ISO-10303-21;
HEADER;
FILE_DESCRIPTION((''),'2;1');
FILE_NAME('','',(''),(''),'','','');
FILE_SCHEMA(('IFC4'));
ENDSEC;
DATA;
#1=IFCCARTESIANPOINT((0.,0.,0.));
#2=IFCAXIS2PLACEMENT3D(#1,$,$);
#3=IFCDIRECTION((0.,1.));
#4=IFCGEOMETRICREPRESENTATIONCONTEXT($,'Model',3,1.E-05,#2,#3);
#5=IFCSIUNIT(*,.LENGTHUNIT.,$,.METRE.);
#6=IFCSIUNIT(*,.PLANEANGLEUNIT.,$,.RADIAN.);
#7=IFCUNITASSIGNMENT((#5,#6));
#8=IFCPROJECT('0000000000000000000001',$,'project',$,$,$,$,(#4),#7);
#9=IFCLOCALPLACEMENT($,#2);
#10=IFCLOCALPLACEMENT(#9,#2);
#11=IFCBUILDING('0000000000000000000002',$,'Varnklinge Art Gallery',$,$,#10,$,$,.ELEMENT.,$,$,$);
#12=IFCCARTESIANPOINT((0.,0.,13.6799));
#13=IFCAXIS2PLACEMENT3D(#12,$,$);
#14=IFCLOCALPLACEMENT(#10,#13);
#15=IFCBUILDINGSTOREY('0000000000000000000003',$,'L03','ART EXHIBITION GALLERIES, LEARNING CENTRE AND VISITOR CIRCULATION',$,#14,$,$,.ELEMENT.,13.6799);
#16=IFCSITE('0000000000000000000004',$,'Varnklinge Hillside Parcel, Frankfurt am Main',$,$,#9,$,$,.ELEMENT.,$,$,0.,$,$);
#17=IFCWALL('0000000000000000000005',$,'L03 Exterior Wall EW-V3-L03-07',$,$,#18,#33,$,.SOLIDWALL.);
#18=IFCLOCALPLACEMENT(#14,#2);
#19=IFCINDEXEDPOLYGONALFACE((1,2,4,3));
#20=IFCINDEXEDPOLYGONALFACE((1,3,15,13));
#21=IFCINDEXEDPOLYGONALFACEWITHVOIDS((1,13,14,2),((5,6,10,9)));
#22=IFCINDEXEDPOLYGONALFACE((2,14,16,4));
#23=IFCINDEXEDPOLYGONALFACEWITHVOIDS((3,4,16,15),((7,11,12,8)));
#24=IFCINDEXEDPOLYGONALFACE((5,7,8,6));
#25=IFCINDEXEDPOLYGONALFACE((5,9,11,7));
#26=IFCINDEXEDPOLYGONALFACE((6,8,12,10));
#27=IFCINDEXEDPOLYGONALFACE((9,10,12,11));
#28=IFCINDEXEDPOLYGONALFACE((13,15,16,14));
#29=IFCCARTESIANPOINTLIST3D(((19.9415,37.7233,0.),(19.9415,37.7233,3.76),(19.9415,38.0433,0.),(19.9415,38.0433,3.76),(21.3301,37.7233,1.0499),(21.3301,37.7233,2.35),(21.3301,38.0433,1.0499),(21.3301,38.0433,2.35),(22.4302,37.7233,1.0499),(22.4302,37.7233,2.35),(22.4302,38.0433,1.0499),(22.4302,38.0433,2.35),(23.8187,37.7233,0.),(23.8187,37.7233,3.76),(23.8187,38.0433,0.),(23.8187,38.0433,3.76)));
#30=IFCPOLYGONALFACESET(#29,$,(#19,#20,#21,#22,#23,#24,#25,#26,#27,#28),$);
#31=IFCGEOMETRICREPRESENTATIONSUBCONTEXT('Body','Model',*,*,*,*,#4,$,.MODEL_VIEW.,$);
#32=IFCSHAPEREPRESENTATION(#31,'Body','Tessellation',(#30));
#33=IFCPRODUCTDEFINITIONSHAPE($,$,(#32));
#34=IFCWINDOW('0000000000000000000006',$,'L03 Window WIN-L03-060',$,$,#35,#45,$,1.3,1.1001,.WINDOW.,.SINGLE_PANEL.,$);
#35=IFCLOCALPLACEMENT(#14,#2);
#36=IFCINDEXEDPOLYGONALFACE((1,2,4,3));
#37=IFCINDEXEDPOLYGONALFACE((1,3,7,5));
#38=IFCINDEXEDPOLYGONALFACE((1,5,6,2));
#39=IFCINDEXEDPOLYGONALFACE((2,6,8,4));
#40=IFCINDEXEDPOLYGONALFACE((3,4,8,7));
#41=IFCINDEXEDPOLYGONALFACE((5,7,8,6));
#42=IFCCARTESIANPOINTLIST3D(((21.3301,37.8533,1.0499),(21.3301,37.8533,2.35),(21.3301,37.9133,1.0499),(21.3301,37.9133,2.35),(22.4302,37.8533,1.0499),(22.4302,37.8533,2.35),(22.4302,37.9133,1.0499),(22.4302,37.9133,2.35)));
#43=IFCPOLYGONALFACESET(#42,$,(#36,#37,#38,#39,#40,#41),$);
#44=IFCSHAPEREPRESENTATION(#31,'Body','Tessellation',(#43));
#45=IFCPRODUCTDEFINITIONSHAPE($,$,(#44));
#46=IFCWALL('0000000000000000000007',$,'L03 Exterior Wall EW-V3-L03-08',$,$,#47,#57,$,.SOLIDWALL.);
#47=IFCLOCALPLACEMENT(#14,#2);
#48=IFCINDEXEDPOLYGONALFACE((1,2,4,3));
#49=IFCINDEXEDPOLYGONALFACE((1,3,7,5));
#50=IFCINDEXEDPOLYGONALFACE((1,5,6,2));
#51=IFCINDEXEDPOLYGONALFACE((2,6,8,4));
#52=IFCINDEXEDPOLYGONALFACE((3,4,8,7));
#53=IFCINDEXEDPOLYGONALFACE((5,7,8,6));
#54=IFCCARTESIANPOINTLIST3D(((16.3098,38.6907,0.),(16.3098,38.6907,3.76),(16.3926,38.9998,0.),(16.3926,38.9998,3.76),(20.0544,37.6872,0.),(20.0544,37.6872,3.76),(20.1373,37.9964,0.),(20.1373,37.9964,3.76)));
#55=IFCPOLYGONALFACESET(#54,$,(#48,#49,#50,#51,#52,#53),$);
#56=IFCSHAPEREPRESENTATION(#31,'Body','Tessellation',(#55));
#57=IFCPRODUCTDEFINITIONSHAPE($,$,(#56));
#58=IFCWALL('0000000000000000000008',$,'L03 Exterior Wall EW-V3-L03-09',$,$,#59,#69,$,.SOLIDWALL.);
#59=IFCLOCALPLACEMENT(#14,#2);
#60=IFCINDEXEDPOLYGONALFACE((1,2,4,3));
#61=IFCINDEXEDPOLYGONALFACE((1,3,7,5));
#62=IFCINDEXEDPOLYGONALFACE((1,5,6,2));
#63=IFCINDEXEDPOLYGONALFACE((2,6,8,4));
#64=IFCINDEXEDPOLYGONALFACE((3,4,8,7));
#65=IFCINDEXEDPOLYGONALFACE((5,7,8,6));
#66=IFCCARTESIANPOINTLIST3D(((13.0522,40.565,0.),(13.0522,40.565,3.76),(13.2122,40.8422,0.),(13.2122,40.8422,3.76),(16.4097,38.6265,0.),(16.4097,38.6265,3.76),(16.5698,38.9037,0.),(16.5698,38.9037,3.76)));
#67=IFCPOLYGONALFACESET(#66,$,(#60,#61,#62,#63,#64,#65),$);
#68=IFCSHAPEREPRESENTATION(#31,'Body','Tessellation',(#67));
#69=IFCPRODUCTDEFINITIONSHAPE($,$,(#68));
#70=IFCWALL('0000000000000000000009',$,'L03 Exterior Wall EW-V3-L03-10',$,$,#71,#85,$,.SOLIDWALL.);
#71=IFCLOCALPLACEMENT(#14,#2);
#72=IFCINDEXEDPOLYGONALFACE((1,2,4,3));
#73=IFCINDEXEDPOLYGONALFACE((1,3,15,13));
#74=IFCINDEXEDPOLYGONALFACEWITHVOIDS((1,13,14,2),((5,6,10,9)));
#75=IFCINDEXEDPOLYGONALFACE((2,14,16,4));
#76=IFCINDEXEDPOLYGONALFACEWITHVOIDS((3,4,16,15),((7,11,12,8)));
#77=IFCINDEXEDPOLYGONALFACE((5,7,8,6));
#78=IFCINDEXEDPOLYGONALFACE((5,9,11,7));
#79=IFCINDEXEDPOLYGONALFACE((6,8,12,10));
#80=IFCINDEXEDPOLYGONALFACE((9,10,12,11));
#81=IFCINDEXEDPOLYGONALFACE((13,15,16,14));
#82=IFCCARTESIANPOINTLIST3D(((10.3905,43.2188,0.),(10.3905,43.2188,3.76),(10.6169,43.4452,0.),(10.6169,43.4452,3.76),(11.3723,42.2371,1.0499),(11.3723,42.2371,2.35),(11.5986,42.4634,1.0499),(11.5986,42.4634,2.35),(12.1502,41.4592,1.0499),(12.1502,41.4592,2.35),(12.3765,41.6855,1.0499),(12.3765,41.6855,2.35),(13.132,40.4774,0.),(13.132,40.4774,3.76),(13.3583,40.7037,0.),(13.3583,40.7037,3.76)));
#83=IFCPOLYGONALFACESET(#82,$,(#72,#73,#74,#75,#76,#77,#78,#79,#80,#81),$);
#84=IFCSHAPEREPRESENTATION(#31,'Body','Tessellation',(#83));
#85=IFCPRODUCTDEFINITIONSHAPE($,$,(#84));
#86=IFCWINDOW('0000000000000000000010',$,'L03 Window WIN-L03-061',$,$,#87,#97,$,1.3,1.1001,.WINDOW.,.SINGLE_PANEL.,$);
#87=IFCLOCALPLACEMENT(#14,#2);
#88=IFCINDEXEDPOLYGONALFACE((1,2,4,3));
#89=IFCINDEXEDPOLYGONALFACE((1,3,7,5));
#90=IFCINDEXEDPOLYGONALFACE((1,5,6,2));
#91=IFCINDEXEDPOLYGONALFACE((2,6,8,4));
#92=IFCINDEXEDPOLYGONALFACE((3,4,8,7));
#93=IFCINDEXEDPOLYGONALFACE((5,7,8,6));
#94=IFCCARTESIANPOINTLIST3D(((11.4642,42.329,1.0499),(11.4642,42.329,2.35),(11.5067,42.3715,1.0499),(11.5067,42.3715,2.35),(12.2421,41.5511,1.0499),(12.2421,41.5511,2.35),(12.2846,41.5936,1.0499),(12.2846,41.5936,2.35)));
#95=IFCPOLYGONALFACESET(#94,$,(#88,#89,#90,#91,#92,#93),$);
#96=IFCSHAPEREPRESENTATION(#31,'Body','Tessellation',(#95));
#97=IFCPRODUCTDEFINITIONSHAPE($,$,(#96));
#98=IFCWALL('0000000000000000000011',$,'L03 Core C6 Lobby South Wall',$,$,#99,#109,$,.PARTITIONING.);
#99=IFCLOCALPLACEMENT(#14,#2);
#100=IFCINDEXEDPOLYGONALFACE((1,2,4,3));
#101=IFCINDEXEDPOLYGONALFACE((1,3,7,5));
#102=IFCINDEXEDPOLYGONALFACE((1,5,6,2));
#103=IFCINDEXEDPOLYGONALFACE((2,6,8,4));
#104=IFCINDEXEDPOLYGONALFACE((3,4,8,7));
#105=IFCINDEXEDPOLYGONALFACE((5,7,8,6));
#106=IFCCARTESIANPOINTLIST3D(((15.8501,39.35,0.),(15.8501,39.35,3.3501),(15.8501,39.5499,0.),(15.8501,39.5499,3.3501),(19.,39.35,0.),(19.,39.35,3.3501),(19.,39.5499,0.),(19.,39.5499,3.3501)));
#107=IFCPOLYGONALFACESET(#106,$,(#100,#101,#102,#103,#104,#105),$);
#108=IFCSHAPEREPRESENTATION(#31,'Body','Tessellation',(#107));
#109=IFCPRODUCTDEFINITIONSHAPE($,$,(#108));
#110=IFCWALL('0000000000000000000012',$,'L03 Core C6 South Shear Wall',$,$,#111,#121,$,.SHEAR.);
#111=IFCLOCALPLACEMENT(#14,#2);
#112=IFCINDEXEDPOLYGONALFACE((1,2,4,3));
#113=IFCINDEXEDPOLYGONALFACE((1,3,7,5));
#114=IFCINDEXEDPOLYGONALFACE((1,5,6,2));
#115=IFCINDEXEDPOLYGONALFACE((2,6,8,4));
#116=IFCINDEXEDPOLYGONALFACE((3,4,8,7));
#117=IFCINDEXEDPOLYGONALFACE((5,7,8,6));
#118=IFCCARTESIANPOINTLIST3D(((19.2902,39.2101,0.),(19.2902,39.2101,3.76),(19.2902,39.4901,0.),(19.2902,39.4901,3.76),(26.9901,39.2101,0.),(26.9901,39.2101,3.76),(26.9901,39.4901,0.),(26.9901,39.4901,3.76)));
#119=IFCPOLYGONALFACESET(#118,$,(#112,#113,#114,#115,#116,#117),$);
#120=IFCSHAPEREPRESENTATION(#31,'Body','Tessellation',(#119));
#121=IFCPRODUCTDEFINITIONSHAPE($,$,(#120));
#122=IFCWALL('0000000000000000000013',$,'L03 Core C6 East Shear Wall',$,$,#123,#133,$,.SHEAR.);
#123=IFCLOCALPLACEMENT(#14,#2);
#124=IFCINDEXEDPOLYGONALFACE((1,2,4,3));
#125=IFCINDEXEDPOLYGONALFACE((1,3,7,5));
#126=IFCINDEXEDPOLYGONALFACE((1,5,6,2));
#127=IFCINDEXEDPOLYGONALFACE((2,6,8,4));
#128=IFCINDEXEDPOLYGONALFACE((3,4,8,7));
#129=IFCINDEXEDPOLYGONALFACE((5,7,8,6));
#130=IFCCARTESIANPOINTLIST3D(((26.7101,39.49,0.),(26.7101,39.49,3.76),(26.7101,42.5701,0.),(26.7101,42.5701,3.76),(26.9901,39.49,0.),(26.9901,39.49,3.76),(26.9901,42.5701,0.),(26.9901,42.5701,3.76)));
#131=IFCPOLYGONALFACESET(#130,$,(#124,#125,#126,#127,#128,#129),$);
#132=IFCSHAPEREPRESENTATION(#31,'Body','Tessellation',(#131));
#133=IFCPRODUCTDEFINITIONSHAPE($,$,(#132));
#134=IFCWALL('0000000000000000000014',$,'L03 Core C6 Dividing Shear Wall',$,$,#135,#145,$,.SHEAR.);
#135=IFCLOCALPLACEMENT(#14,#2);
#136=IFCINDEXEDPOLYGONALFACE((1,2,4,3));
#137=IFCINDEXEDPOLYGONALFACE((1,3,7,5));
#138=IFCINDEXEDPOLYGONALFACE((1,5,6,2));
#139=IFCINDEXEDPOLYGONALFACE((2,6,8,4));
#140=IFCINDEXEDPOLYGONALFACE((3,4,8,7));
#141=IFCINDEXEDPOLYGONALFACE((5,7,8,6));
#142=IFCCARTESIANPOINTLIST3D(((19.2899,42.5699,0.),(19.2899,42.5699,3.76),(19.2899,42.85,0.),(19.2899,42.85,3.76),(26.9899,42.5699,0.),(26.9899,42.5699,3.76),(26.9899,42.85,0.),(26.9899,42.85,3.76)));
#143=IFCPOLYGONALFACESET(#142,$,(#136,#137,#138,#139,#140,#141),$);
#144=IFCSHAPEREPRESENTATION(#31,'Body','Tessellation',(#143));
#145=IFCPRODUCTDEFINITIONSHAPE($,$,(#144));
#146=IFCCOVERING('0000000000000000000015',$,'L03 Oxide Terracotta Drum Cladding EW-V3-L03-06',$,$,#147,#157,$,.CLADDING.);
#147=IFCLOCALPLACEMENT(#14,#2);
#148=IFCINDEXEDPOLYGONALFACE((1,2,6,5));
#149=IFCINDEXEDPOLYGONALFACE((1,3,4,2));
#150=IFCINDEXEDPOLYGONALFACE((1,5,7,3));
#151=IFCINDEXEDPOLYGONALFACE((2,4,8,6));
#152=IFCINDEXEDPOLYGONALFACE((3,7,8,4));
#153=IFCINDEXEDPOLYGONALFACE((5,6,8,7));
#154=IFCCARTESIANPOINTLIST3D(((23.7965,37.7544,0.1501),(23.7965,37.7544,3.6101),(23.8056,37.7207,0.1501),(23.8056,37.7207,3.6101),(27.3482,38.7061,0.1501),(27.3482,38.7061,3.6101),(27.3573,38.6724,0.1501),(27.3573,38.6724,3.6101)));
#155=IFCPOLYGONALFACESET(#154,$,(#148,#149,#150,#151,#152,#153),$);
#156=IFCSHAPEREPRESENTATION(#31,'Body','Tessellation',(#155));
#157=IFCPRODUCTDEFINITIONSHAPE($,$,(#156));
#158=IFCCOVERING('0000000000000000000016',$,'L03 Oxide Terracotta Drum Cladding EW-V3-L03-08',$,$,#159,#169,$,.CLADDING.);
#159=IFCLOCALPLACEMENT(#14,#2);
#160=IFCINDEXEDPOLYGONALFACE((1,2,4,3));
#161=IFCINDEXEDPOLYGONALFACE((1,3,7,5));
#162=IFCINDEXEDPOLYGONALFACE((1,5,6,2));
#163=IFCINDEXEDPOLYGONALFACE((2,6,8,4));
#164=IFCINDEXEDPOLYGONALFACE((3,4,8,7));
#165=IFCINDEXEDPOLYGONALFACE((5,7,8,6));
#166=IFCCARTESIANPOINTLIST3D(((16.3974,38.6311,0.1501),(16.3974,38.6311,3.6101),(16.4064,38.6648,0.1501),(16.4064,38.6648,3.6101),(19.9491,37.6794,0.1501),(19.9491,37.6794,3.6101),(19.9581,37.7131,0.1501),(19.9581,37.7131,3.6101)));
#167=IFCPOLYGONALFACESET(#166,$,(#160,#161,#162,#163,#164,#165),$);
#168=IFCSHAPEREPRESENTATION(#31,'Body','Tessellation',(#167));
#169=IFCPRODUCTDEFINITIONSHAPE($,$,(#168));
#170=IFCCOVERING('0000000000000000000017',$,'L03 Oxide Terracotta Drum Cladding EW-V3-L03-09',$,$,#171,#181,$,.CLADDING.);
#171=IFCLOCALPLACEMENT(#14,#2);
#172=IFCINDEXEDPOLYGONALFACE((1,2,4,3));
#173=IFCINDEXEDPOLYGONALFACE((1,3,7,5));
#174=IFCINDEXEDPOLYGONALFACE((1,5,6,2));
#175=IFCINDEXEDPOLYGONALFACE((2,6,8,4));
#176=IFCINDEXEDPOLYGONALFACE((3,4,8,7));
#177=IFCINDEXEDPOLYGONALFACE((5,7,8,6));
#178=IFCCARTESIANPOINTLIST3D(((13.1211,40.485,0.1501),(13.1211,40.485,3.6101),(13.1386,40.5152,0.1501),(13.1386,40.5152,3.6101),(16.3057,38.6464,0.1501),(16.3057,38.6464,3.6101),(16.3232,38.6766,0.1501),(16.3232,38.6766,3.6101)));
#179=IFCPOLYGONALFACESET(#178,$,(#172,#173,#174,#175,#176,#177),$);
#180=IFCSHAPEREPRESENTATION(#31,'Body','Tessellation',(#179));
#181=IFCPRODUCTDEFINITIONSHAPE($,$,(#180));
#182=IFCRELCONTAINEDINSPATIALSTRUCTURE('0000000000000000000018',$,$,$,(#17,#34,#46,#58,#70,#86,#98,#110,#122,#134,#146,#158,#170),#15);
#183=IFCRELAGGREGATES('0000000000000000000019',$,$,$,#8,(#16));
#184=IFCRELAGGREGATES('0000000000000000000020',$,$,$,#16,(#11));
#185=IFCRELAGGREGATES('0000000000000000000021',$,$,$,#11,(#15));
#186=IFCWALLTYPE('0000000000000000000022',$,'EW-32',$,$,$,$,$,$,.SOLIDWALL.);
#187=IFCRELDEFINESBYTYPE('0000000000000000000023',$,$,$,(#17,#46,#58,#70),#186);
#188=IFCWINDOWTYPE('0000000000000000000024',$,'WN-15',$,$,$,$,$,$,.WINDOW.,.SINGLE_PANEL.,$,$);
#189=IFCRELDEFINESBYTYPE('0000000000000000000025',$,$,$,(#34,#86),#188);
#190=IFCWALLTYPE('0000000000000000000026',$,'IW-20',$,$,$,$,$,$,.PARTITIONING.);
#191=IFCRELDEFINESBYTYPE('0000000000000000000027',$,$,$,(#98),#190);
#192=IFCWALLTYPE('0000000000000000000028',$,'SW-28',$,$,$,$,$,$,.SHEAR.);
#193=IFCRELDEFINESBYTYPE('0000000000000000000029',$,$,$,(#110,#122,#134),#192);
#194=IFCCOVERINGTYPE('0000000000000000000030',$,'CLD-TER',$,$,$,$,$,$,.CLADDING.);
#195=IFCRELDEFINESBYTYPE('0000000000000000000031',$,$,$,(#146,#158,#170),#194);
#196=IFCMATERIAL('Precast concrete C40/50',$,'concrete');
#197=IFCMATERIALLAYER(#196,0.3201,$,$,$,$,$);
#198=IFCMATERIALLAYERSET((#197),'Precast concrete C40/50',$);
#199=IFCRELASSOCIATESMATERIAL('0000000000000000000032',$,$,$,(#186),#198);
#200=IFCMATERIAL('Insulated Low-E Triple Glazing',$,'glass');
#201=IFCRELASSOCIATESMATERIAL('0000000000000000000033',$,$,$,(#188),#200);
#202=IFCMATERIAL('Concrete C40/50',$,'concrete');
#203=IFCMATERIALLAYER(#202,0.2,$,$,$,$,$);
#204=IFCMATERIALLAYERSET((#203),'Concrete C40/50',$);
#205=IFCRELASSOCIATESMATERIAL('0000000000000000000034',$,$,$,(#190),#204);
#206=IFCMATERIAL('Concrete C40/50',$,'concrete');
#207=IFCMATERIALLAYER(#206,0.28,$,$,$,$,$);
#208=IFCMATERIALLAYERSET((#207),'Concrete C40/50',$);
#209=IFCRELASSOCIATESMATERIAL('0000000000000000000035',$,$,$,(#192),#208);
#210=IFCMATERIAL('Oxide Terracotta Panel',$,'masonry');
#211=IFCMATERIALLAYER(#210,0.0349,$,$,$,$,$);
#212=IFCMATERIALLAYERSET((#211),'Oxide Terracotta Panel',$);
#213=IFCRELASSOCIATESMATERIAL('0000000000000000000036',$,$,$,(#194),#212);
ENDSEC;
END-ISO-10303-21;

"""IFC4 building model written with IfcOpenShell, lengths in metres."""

from ifc_helpers import new_model, si_unit, direction, frame, frame_2d, origin, origin_2d, place, context, subcontext, project, spatial, rectangle, extrude, material, layer, layer_set, type_object, element, fill, save


model = new_model("IFC4")

# Units and contexts
model_context = context("Model", 3, precision=1e-05, world=origin(), true_north=direction((0.0, 1.0)))
body_context = subcontext(model_context, "Body", "Model", "MODEL_VIEW")
ifc_project = project(units=[si_unit("LENGTHUNIT", "METRE"), si_unit("PLANEANGLEUNIT", "RADIAN")], contexts=[model_context])

# Site, building, storey
site_placement = place(None, origin())
site = spatial("IfcSite", under=ifc_project, at=site_placement, Name="Varnklinge Hillside Parcel, Frankfurt am Main", CompositionType="ELEMENT", RefElevation=0.0)
building_placement = place(site_placement, origin())
building = spatial("IfcBuilding", under=site, at=building_placement, Name="Varnklinge Art Gallery", CompositionType="ELEMENT")
storey_placement = place(building_placement, frame((0.0, 0.0, 13.6799)))
storey = spatial("IfcBuildingStorey", under=building, at=storey_placement, Name="L03", Description="ART EXHIBITION GALLERIES, LEARNING CENTRE AND VISITOR CIRCULATION", CompositionType="ELEMENT", Elevation=13.6799)

# Wall, opening, window
ifc_material_1 = material(Name="Precast concrete C40/50", Category="concrete")
ifc_layer_1 = layer(ifc_material_1, 0.3201)
ifc_layer_set_1 = layer_set([ifc_layer_1], Name="Precast concrete C40/50")
wall_type_1 = type_object("IfcWallType", Name="EW-32", PredefinedType="SOLIDWALL", material=ifc_layer_set_1)
wall_1_placement = place(storey_placement, frame((23.8186, 37.8833, 0.0), z_axis=(0.0, 0.0, 1.0), x_axis=(-1.0, 0.0, 0.0)))
wall_1 = element("IfcWall", 1, at=wall_1_placement, inside=storey, type_object=wall_type_1, Name="L03 Exterior Wall EW-V3-L03-07", PredefinedType="SOLIDWALL", context=body_context, shape_type="SweptSolid", body=[
    extrude(rectangle(XDim=3.8772, YDim=0.3201, at=frame_2d((1.9385, 0.0))), origin(), (0.0, 0.0, 1.0), 3.76),
])
opening_1_placement = place(wall_1_placement, frame((1.3884, 0.0, 1.05)))
opening_1 = element("IfcOpeningElement", 2, at=opening_1_placement, cuts=wall_1, PredefinedType="OPENING", context=body_context, shape_type="SweptSolid", body=[
    extrude(rectangle(XDim=1.1001, YDim=1.3, at=frame_2d((0.55, 0.6499))), frame((0.0, 0.1702, 0.0), z_axis=(0.0, -1.0, 0.0), x_axis=(1.0, 0.0, 0.0)), (0.0, 0.0, 1.0), 0.3401),
])
ifc_material_2 = material(Name="Insulated Low-E Triple Glazing", Category="glass")
window_type = type_object("IfcWindowType", Name="WN-15", PartitioningType="SINGLE_PANEL", PredefinedType="WINDOW", material=ifc_material_2)
window_1_placement = place(opening_1_placement, origin())
window_1 = element("IfcWindow", 3, at=window_1_placement, inside=storey, type_object=window_type, Name="L03 Window WIN-L03-060", OverallHeight=1.3, OverallWidth=1.1001, PartitioningType="SINGLE_PANEL", PredefinedType="WINDOW", context=body_context, shape_type="SweptSolid", body=[
    extrude(rectangle(XDim=1.1001, YDim=1.3, at=frame_2d((0.55, 0.6499))), frame((0.0, 0.03, 0.0), z_axis=(0.0, -1.0, 0.0), x_axis=(1.0, 0.0, 0.0)), (0.0, 0.0, 1.0), 0.0601),
])
fill(opening_1, window_1)

# Walls
wall_2_placement = place(storey_placement, frame((20.0959, 37.8418, 0.0), z_axis=(0.0, 0.0, 1.0), x_axis=(-0.965923, 0.258831, 0.0)))
element("IfcWall", 4, at=wall_2_placement, inside=storey, type_object=wall_type_1, Name="L03 Exterior Wall EW-V3-L03-08", PredefinedType="SOLIDWALL", context=body_context, shape_type="SweptSolid", body=[
    extrude(rectangle(XDim=3.8767, YDim=0.3201, at=frame_2d((1.9385, 0.0))), origin(), (0.0, 0.0, 1.0), 3.76),
])
wall_3_placement = place(storey_placement, frame((16.4897, 38.7651, 0.0), z_axis=(0.0, 0.0, 1.0), x_axis=(-0.866034, 0.499986, 0.0)))
element("IfcWall", 5, at=wall_3_placement, inside=storey, type_object=wall_type_1, Name="L03 Exterior Wall EW-V3-L03-09", PredefinedType="SOLIDWALL", context=body_context, shape_type="SweptSolid", body=[
    extrude(rectangle(XDim=3.877, YDim=0.3201, at=frame_2d((1.9385, 0.0))), origin(), (0.0, 0.0, 1.0), 3.76),
])

# Wall, opening, window
wall_4_placement = place(storey_placement, frame((13.2451, 40.5906, 0.0), z_axis=(0.0, 0.0, 1.0), x_axis=(-0.707107, 0.707107, 0.0)))
wall_4 = element("IfcWall", 6, at=wall_4_placement, inside=storey, type_object=wall_type_1, Name="L03 Exterior Wall EW-V3-L03-10", PredefinedType="SOLIDWALL", context=body_context, shape_type="SweptSolid", body=[
    extrude(rectangle(XDim=3.877, YDim=0.3201, at=frame_2d((1.9385, 0.0))), origin(), (0.0, 0.0, 1.0), 3.76),
])
opening_2_placement = place(wall_4_placement, frame((1.3884, 0.0, 1.05)))
opening_2 = element("IfcOpeningElement", 7, at=opening_2_placement, cuts=wall_4, PredefinedType="OPENING", context=body_context, shape_type="SweptSolid", body=[
    extrude(rectangle(XDim=1.1001, YDim=1.3, at=frame_2d((0.55, 0.6499))), frame((0.0, 0.1702, 0.0), z_axis=(0.0, -1.0, 0.0), x_axis=(1.0, 0.0, 0.0)), (0.0, 0.0, 1.0), 0.3401),
])
window_2_placement = place(opening_2_placement, origin())
window_2 = element("IfcWindow", 8, at=window_2_placement, inside=storey, type_object=window_type, Name="L03 Window WIN-L03-061", OverallHeight=1.3, OverallWidth=1.1001, PartitioningType="SINGLE_PANEL", PredefinedType="WINDOW", context=body_context, shape_type="SweptSolid", body=[
    extrude(rectangle(XDim=1.1001, YDim=1.3, at=frame_2d((0.55, 0.6499))), frame((0.0, 0.03, 0.0), z_axis=(0.0, -1.0, 0.0), x_axis=(1.0, 0.0, 0.0)), (0.0, 0.0, 1.0), 0.0601),
])
fill(opening_2, window_2)

# Wall
ifc_material_3 = material(Name="Concrete C40/50", Category="concrete")
ifc_layer_2 = layer(ifc_material_3, 0.2)
ifc_layer_set_2 = layer_set([ifc_layer_2], Name="Concrete C40/50")
wall_type_2 = type_object("IfcWallType", Name="IW-20", PredefinedType="PARTITIONING", material=ifc_layer_set_2)
wall_5_placement = place(storey_placement, frame((15.8501, 39.45, 0.0), z_axis=(0.0, 0.0, 1.0), x_axis=(1.0, 0.0, 0.0)))
element("IfcWall", 9, at=wall_5_placement, inside=storey, type_object=wall_type_2, Name="L03 Core C6 Lobby South Wall", PredefinedType="PARTITIONING", context=body_context, shape_type="SweptSolid", body=[
    extrude(rectangle(XDim=3.1499, YDim=0.2, at=frame_2d((1.575, 0.0))), origin(), (0.0, 0.0, 1.0), 3.3501),
])

# Walls
ifc_material_4 = material(Name="Concrete C40/50", Category="concrete")
ifc_layer_3 = layer(ifc_material_4, 0.28)
ifc_layer_set_3 = layer_set([ifc_layer_3], Name="Concrete C40/50")
wall_type_3 = type_object("IfcWallType", Name="SW-28", PredefinedType="SHEAR", material=ifc_layer_set_3)
wall_6_placement = place(storey_placement, frame((19.29, 39.3501, 0.0), z_axis=(0.0, 0.0, 1.0), x_axis=(1.0, 0.0, 0.0)))
element("IfcWall", 10, at=wall_6_placement, inside=storey, type_object=wall_type_3, Name="L03 Core C6 South Shear Wall", PredefinedType="SHEAR", context=body_context, shape_type="SweptSolid", body=[
    extrude(rectangle(XDim=7.7, YDim=0.28, at=frame_2d((3.8501, 0.0))), origin(), (0.0, 0.0, 1.0), 3.76),
])
wall_7_placement = place(storey_placement, frame((26.8501, 39.49, 0.0), z_axis=(0.0, 0.0, 1.0), x_axis=(0.0, 1.0, 0.0)))
element("IfcWall", 11, at=wall_7_placement, inside=storey, type_object=wall_type_3, Name="L03 Core C6 East Shear Wall", PredefinedType="SHEAR", context=body_context, shape_type="SweptSolid", body=[
    extrude(rectangle(XDim=3.0801, YDim=0.28, at=frame_2d((1.54, 0.0))), origin(), (0.0, 0.0, 1.0), 3.76),
])
wall_8_placement = place(storey_placement, frame((26.99, 42.71, 0.0), z_axis=(0.0, 0.0, 1.0), x_axis=(-1.0, 0.0, 0.0)))
element("IfcWall", 12, at=wall_8_placement, inside=storey, type_object=wall_type_3, Name="L03 Core C6 Dividing Shear Wall", PredefinedType="SHEAR", context=body_context, shape_type="SweptSolid", body=[
    extrude(rectangle(XDim=7.7, YDim=0.28, at=frame_2d((3.8501, 0.0))), origin(), (0.0, 0.0, 1.0), 3.76),
])

# Coverings
ifc_material_5 = material(Name="Oxide Terracotta Panel", Category="masonry")
ifc_layer_4 = layer(ifc_material_5, 0.0349)
ifc_layer_set_4 = layer_set([ifc_layer_4], Name="Oxide Terracotta Panel")
covering_type = type_object("IfcCoveringType", Name="CLD-TER", PredefinedType="CLADDING", material=ifc_layer_set_4)
for number, where, z_axis, x_axis, name in (
    (13, (25.5769, 38.2134, 0.1501), (0.0, 0.0, 1.0), (-0.965926, -0.258819, 0.0), "L03 Oxide Terracotta Drum Cladding EW-V3-L03-06"),
    (14, (18.1777, 38.1721, 0.1501), (0.0, 0.0, 1.0), (-0.965926, 0.258819, 0.0), "L03 Oxide Terracotta Drum Cladding EW-V3-L03-08"),
):
    element("IfcCovering", number, at=place(storey_placement, frame(where, z_axis=z_axis, x_axis=x_axis)), inside=storey, type_object=covering_type, Name=name, PredefinedType="CLADDING", context=body_context, shape_type="SweptSolid", body=[
        extrude(rectangle(XDim=3.677, YDim=0.0349, at=origin_2d()), origin(), (0.0, 0.0, 1.0), 3.46),
    ])
covering_placement = place(storey_placement, frame((14.7222, 39.5808, 0.1501), z_axis=(0.0, 0.0, 1.0), x_axis=(-0.866025, 0.5, 0.0)))
element("IfcCovering", 15, at=covering_placement, inside=storey, type_object=covering_type, Name="L03 Oxide Terracotta Drum Cladding EW-V3-L03-09", PredefinedType="CLADDING", context=body_context, shape_type="SweptSolid", body=[
    extrude(rectangle(XDim=3.6772, YDim=0.0349, at=origin_2d()), origin(), (0.0, 0.0, 1.0), 3.46),
])

save(model, "model.ifc")
